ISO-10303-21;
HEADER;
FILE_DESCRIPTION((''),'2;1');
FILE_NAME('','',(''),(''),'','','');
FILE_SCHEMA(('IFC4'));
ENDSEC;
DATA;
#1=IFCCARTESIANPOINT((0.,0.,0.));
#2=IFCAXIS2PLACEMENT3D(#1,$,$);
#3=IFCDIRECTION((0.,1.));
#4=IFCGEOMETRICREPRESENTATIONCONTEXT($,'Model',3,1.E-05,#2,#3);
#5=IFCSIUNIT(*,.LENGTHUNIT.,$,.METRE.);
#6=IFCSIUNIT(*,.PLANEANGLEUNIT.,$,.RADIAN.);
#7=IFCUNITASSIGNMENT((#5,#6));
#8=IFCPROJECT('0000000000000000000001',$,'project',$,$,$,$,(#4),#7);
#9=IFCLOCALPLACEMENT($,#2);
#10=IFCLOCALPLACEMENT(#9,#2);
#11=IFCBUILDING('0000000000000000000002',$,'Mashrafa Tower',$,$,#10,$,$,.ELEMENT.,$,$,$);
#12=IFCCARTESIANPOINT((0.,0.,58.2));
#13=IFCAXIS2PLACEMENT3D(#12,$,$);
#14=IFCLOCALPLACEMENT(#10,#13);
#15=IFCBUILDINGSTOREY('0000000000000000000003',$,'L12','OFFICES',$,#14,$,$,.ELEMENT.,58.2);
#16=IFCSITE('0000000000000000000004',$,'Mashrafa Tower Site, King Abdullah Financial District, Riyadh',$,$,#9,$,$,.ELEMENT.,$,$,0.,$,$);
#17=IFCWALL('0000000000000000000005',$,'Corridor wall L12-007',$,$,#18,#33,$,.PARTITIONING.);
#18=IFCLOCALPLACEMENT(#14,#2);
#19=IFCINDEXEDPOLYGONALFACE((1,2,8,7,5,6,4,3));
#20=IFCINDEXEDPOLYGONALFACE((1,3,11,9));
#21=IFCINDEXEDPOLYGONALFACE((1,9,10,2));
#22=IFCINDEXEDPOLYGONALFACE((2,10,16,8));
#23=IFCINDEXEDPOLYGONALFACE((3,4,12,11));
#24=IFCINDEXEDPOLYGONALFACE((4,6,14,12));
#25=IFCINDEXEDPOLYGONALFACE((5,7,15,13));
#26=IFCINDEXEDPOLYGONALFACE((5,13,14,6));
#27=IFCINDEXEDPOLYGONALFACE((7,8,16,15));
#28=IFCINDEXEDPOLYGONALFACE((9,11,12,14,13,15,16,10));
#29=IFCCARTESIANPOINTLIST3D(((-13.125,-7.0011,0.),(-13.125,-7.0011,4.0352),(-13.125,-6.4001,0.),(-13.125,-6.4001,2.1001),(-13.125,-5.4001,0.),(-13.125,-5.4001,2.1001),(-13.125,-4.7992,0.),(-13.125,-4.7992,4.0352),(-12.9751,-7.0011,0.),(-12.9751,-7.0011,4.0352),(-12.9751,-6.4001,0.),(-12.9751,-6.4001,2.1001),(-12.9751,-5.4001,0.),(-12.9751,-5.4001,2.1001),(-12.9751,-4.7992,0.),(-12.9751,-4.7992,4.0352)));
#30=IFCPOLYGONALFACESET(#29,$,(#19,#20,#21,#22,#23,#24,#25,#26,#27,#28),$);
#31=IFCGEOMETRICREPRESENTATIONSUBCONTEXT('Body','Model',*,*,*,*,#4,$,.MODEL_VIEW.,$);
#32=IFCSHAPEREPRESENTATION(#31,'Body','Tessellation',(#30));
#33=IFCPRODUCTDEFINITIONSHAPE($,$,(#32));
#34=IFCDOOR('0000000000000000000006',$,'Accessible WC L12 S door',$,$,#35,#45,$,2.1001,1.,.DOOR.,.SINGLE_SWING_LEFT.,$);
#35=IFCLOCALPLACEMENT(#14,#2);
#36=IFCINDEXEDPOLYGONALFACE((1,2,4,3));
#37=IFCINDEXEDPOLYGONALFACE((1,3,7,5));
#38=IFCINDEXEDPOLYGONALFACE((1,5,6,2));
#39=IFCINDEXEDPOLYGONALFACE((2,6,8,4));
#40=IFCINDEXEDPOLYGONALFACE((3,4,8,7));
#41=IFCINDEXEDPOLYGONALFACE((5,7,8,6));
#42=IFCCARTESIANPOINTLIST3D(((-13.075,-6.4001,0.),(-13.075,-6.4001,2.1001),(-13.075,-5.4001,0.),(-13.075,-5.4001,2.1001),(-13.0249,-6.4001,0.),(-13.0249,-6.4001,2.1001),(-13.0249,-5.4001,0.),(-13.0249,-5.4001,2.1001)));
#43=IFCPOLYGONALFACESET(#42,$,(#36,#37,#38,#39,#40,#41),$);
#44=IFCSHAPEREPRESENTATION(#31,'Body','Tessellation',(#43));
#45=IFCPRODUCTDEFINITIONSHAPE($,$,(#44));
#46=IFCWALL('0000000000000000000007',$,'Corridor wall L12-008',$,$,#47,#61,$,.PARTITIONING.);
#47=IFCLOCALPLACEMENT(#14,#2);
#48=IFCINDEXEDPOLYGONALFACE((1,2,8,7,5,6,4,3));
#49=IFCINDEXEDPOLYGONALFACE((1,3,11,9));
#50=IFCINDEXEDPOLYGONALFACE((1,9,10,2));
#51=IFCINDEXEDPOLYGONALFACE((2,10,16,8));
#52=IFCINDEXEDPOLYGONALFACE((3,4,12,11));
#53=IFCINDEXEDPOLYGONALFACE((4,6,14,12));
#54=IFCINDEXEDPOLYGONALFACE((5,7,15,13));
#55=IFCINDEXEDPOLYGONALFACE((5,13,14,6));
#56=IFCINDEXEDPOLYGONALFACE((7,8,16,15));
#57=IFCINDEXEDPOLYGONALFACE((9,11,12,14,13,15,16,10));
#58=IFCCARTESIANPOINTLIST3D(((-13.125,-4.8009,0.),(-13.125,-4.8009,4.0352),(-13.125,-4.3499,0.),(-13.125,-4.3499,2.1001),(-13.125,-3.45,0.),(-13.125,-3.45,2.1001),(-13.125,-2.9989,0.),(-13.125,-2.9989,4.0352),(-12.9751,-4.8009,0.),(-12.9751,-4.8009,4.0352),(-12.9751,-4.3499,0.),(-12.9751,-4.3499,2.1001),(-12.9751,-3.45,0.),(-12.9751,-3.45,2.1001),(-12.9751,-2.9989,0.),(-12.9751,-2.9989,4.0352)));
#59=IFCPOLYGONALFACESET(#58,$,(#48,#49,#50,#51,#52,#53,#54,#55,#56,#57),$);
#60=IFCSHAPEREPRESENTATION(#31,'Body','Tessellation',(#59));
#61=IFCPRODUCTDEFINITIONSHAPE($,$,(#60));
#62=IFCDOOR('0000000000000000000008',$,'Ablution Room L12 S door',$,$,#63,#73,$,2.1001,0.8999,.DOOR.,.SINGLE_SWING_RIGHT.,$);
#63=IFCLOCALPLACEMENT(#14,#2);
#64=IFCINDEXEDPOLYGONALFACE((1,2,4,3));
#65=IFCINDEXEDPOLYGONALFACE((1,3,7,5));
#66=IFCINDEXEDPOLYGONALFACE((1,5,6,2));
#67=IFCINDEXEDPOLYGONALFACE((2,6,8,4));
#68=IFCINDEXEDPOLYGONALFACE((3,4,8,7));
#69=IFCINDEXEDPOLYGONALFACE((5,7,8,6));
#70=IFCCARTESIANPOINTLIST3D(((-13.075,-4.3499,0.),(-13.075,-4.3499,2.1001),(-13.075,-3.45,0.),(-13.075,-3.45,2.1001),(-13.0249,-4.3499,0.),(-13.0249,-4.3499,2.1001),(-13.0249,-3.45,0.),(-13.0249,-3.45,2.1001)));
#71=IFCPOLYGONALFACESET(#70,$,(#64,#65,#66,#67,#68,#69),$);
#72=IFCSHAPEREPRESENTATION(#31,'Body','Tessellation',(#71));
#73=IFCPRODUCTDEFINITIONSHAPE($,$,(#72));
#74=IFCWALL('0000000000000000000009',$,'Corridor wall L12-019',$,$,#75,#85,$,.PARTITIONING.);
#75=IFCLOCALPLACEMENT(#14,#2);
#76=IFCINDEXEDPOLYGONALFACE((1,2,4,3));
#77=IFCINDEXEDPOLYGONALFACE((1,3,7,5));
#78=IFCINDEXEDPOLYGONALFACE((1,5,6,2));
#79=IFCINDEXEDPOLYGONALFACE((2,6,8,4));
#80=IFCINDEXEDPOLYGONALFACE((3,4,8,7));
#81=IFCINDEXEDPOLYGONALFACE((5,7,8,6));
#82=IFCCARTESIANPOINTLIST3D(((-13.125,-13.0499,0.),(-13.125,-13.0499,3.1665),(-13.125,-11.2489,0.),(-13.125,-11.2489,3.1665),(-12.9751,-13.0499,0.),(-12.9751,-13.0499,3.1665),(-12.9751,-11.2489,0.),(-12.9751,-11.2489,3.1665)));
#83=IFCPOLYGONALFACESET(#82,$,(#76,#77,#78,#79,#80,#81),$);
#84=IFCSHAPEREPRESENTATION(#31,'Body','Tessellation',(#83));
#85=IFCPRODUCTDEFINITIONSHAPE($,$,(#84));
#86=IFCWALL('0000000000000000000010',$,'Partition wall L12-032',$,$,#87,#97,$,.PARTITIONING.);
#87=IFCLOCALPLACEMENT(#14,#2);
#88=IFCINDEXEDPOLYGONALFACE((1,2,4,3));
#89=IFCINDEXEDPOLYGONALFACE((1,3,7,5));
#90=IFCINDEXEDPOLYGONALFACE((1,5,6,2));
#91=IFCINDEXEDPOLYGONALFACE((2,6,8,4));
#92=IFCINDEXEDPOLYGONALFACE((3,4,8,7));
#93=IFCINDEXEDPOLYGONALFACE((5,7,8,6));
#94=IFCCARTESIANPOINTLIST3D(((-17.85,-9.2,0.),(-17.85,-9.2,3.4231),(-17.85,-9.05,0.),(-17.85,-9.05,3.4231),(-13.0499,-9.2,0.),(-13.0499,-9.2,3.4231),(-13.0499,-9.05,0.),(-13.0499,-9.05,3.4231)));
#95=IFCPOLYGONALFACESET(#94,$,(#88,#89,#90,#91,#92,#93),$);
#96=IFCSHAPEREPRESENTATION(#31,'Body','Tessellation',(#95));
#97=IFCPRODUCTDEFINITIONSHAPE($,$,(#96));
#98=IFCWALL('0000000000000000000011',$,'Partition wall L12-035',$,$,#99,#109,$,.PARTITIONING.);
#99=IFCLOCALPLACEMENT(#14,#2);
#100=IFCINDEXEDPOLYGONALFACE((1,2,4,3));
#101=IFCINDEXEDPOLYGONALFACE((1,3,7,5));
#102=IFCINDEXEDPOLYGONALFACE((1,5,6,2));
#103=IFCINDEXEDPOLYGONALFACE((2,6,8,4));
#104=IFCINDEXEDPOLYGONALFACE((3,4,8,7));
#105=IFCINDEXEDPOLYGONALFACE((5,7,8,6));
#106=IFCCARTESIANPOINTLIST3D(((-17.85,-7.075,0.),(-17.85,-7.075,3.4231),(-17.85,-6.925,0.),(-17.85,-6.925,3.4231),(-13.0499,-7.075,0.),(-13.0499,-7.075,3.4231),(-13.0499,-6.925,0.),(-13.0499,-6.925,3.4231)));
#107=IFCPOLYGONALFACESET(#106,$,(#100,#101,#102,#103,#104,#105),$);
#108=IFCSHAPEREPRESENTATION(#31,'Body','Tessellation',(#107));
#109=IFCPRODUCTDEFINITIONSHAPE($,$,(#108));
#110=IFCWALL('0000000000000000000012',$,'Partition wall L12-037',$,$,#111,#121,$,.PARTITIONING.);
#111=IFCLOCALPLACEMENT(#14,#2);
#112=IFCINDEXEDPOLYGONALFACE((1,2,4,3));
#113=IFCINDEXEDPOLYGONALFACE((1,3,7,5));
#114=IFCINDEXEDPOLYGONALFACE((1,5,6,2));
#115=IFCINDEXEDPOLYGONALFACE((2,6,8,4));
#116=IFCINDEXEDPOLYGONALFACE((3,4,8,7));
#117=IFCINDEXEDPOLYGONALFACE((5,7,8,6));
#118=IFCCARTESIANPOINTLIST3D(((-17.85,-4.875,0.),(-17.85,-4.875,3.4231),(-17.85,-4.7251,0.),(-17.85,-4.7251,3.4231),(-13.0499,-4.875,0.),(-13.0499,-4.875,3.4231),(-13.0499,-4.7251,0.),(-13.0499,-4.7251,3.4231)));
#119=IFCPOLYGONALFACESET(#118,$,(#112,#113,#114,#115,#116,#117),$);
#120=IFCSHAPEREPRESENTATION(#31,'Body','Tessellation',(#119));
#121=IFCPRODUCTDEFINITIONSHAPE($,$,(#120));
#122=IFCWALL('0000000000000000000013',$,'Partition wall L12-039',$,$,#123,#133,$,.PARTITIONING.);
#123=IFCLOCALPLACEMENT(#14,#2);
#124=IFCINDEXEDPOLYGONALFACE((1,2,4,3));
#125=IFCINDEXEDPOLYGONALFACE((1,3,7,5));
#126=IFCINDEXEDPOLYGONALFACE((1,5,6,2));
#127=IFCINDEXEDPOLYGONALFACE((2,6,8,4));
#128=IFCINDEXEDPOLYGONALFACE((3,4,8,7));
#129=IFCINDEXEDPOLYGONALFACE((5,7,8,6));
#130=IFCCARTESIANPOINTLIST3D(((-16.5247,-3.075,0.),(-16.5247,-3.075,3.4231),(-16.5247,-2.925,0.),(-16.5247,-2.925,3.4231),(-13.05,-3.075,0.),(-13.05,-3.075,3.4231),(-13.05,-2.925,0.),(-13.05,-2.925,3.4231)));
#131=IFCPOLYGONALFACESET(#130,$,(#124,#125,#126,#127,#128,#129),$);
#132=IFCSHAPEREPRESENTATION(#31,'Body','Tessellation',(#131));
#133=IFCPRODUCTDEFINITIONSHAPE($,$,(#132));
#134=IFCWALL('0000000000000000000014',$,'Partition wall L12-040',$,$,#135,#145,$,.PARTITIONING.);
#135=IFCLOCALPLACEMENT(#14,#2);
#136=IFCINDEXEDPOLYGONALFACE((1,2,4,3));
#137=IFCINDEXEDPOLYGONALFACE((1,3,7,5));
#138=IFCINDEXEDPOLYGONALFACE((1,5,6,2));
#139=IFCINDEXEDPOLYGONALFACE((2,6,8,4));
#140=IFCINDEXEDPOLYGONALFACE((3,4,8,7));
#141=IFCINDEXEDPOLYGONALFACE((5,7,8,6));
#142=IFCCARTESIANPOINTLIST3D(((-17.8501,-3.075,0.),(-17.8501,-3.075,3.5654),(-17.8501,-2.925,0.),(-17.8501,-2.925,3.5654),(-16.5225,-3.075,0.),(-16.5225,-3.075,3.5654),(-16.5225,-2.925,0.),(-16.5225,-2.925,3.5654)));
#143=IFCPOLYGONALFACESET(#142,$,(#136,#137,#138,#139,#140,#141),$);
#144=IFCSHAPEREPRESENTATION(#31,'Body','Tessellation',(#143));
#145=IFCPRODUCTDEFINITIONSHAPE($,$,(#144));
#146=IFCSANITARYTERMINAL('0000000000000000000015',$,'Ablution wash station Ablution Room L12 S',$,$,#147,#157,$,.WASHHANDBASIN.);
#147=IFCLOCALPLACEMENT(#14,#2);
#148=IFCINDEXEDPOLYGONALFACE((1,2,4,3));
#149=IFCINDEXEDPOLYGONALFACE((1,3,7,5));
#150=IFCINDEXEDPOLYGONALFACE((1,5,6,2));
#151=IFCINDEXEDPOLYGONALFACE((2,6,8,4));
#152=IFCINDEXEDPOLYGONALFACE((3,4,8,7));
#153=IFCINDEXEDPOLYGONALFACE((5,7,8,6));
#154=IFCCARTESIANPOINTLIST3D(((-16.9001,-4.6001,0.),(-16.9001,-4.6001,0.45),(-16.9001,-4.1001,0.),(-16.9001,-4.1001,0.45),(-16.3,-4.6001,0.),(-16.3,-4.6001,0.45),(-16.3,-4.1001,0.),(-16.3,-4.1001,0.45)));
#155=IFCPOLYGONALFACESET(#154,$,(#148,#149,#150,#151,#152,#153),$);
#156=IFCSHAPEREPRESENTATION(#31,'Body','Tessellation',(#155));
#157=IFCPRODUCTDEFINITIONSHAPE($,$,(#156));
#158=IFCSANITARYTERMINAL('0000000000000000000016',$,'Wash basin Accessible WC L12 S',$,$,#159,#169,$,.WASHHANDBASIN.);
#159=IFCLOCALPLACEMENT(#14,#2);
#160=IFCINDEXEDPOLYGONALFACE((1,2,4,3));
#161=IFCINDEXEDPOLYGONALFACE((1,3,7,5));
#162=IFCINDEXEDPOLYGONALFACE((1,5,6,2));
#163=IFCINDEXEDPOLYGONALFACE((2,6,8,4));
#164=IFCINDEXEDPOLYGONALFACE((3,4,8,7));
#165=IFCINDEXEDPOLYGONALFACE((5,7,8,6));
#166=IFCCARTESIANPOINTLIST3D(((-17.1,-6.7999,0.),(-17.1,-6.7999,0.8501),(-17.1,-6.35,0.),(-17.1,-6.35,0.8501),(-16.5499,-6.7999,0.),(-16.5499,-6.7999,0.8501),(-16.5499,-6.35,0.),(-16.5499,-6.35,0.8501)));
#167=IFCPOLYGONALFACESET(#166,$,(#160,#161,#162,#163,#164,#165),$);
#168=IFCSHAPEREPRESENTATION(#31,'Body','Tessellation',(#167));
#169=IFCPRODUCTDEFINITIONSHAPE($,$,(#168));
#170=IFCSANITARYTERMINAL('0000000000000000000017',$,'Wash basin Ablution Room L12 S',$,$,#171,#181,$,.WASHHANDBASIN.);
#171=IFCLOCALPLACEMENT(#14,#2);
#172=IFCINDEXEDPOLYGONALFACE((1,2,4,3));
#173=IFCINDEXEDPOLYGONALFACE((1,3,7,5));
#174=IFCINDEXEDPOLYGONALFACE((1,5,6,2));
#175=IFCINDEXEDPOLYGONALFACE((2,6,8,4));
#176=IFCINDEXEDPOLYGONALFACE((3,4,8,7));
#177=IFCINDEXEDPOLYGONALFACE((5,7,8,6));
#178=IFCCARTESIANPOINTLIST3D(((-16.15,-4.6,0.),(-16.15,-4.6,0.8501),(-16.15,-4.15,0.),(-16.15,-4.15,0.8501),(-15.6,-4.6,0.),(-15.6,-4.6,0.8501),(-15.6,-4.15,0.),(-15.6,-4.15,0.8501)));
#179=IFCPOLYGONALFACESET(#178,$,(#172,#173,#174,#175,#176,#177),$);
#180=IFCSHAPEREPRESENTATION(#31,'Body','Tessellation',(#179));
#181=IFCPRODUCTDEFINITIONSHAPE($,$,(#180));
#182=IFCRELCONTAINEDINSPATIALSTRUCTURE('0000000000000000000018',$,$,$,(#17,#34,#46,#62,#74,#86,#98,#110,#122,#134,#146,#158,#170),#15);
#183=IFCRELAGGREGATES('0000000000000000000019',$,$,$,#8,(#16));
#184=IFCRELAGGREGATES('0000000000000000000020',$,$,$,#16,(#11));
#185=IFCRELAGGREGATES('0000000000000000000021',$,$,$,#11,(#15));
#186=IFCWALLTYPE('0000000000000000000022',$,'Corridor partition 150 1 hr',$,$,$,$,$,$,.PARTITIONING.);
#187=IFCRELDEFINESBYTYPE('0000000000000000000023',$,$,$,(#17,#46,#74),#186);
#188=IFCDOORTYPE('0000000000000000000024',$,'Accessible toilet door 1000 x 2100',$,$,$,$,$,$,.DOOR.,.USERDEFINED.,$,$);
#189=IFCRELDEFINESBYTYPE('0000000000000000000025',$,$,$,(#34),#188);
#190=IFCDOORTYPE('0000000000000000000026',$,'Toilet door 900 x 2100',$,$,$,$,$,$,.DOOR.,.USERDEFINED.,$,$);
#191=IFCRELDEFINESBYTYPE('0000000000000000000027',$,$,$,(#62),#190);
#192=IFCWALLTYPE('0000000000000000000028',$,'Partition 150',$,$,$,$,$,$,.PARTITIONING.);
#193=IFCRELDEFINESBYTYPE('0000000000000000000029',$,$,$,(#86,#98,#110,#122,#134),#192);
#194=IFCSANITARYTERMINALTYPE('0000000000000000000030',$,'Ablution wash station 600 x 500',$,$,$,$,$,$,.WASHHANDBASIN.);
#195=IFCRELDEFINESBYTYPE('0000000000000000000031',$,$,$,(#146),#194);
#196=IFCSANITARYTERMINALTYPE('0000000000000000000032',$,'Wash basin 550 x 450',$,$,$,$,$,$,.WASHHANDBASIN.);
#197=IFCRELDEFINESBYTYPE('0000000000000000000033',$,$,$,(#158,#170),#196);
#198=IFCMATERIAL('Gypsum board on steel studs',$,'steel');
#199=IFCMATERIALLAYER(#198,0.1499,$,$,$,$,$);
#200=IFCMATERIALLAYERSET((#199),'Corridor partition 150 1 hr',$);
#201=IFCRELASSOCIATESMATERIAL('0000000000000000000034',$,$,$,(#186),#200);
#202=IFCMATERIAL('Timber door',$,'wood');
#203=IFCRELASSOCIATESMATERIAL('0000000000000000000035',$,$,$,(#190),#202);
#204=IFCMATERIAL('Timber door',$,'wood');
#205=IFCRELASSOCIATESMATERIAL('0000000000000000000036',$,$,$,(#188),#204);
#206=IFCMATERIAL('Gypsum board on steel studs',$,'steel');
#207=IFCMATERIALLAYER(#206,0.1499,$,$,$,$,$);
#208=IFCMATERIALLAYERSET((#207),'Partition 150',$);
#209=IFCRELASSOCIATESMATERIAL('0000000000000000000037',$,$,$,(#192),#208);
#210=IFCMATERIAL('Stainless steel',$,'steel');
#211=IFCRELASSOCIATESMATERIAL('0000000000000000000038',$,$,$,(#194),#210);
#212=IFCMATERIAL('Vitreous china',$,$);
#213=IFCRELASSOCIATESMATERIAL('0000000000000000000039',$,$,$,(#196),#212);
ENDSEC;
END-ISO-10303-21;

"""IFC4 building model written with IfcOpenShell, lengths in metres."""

from ifc_helpers import new_model, si_unit, direction, frame, frame_2d, origin, origin_2d, place, context, subcontext, project, spatial, rectangle, extrude, material, layer, layer_set, type_object, element, fill, save


model = new_model("IFC4")

# Units and contexts
model_context = context("Model", 3, precision=1e-05, world=origin(), true_north=direction((0.0, 1.0)))
body_context = subcontext(model_context, "Body", "Model", "MODEL_VIEW")
ifc_project = project(units=[si_unit("LENGTHUNIT", "METRE"), si_unit("PLANEANGLEUNIT", "RADIAN")], contexts=[model_context])

# Site, building, storey
site_placement = place(None, origin())
site = spatial("IfcSite", under=ifc_project, at=site_placement, Name="Mashrafa Tower Site, King Abdullah Financial District, Riyadh", CompositionType="ELEMENT", RefElevation=0.0)
building_placement = place(site_placement, origin())
building = spatial("IfcBuilding", under=site, at=building_placement, Name="Mashrafa Tower", CompositionType="ELEMENT")
storey_placement = place(building_placement, frame((0.0, 0.0, 58.2)))
storey = spatial("IfcBuildingStorey", under=building, at=storey_placement, Name="L12", Description="OFFICES", CompositionType="ELEMENT", Elevation=58.2)

# Walls, openings, doors
ifc_material_1 = material(Name="Gypsum board on steel studs", Category="steel")
ifc_layer_1 = layer(ifc_material_1, 0.1499)
ifc_layer_set_1 = layer_set([ifc_layer_1], Name="Corridor partition 150 1 hr")
wall_type_1 = type_object("IfcWallType", Name="Corridor partition 150 1 hr", PredefinedType="PARTITIONING", material=ifc_layer_set_1)
ifc_material_2 = material(Name="Timber door", Category="wood")
door_type_1 = type_object("IfcDoorType", Name="Toilet door 900 x 2100", OperationType="USERDEFINED", PredefinedType="DOOR", material=ifc_material_2)
wall_1_placement = place(storey_placement, frame((-13.05, -4.7991, 0.0), z_axis=(0.0, 0.0, 1.0), x_axis=(0.0, -1.0, 0.0)))
wall_1 = element("IfcWall", 1, at=wall_1_placement, inside=storey, type_object=wall_type_1, Name="Corridor wall L12-007", PredefinedType="PARTITIONING", context=body_context, shape_type="SweptSolid", body=[
    extrude(rectangle(XDim=2.2019, YDim=0.1499, at=frame_2d((1.1011, 0.0))), origin(), (0.0, 0.0, 1.0), 4.0352),
])
opening_1_placement = place(wall_1_placement, frame((0.6011, 0.0, 0.0)))
opening_1 = element("IfcOpeningElement", 2, at=opening_1_placement, cuts=wall_1, PredefinedType="OPENING", context=body_context, shape_type="SweptSolid", body=[
    extrude(rectangle(XDim=1.0, YDim=2.1001, at=frame_2d((0.5, 1.05))), frame((0.0, 0.085, 0.0), z_axis=(0.0, -1.0, 0.0), x_axis=(1.0, 0.0, 0.0)), (0.0, 0.0, 1.0), 0.1699),
])
ifc_material_3 = material(Name="Timber door", Category="wood")
door_type_2 = type_object("IfcDoorType", Name="Accessible toilet door 1000 x 2100", OperationType="USERDEFINED", PredefinedType="DOOR", material=ifc_material_3)
door_1_placement = place(opening_1_placement, frame((1.0, 0.0, 0.0), z_axis=(0.0, 0.0, 1.0), x_axis=(-1.0, 0.0, 0.0)))
door_1 = element("IfcDoor", 3, at=door_1_placement, inside=storey, type_object=door_type_2, Name="Accessible WC L12 S door", OperationType="SINGLE_SWING_LEFT", OverallHeight=2.1001, OverallWidth=1.0, PredefinedType="DOOR", context=body_context, shape_type="SweptSolid", body=[
    extrude(rectangle(XDim=1.0, YDim=2.1001, at=frame_2d((0.5, 1.05))), frame((0.0, 0.0249, 0.0), z_axis=(0.0, -1.0, 0.0), x_axis=(1.0, 0.0, 0.0)), (0.0, 0.0, 1.0), 0.05),
])
fill(opening_1, door_1)
wall_2_placement = place(storey_placement, frame((-13.05, -2.999, 0.0), z_axis=(0.0, 0.0, 1.0), x_axis=(0.0, -1.0, 0.0)))
wall_2 = element("IfcWall", 4, at=wall_2_placement, inside=storey, type_object=wall_type_1, Name="Corridor wall L12-008", PredefinedType="PARTITIONING", context=body_context, shape_type="SweptSolid", body=[
    extrude(rectangle(XDim=1.802, YDim=0.1499, at=frame_2d((0.9009, 0.0))), origin(), (0.0, 0.0, 1.0), 4.0352),
])
opening_2_placement = place(wall_2_placement, frame((0.4509, 0.0, 0.0)))
opening_2 = element("IfcOpeningElement", 5, at=opening_2_placement, cuts=wall_2, PredefinedType="OPENING", context=body_context, shape_type="SweptSolid", body=[
    extrude(rectangle(XDim=0.8999, YDim=2.1001, at=frame_2d((0.45, 1.05))), frame((0.0, 0.085, 0.0), z_axis=(0.0, -1.0, 0.0), x_axis=(1.0, 0.0, 0.0)), (0.0, 0.0, 1.0), 0.1699),
])
door_2_placement = place(opening_2_placement, frame((0.8999, 0.0, 0.0), z_axis=(0.0, 0.0, 1.0), x_axis=(-1.0, 0.0, 0.0)))
door_2 = element("IfcDoor", 6, at=door_2_placement, inside=storey, type_object=door_type_1, Name="Ablution Room L12 S door", OperationType="SINGLE_SWING_RIGHT", OverallHeight=2.1001, OverallWidth=0.8999, PredefinedType="DOOR", context=body_context, shape_type="SweptSolid", body=[
    extrude(rectangle(XDim=0.8999, YDim=2.1001, at=frame_2d((0.45, 1.05))), frame((0.0, 0.0249, 0.0), z_axis=(0.0, -1.0, 0.0), x_axis=(1.0, 0.0, 0.0)), (0.0, 0.0, 1.0), 0.05),
])
fill(opening_2, door_2)

# Walls
wall_3_placement = place(storey_placement, frame((-13.05, -11.249, 0.0), z_axis=(0.0, 0.0, 1.0), x_axis=(0.0, -1.0, 0.0)))
element("IfcWall", 7, at=wall_3_placement, inside=storey, type_object=wall_type_1, Name="Corridor wall L12-019", PredefinedType="PARTITIONING", context=body_context, shape_type="SweptSolid", body=[
    extrude(rectangle(XDim=1.801, YDim=0.1499, at=frame_2d((0.9004, 0.0))), origin(), (0.0, 0.0, 1.0), 3.1665),
])
ifc_material_4 = material(Name="Gypsum board on steel studs", Category="steel")
ifc_layer_2 = layer(ifc_material_4, 0.1499)
ifc_layer_set_2 = layer_set([ifc_layer_2], Name="Partition 150")
wall_type_2 = type_object("IfcWallType", Name="Partition 150", PredefinedType="PARTITIONING", material=ifc_layer_set_2)
for number, where, z_axis, x_axis, name in (
    (8, (-13.05, -9.125, 0.0), (0.0, 0.0, 1.0), (-1.0, 0.0, 0.0), "Partition wall L12-032"),
    (9, (-13.05, -7.0, 0.0), (0.0, 0.0, 1.0), (-1.0, 0.0, 0.0), "Partition wall L12-035"),
    (10, (-13.05, -4.8, 0.0), (0.0, 0.0, 1.0), (-1.0, 0.0, 0.0), "Partition wall L12-037"),
):
    element("IfcWall", number, at=place(storey_placement, frame(where, z_axis=z_axis, x_axis=x_axis)), inside=storey, type_object=wall_type_2, Name=name, PredefinedType="PARTITIONING", context=body_context, shape_type="SweptSolid", body=[
        extrude(rectangle(XDim=4.8, YDim=0.1499, at=frame_2d((2.3999, 0.0))), origin(), (0.0, 0.0, 1.0), 3.4231),
    ])
wall_4_placement = place(storey_placement, frame((-13.05, -3.0, 0.0), z_axis=(0.0, 0.0, 1.0), x_axis=(-1.0, 0.0, 0.0)))
element("IfcWall", 11, at=wall_4_placement, inside=storey, type_object=wall_type_2, Name="Partition wall L12-039", PredefinedType="PARTITIONING", context=body_context, shape_type="SweptSolid", body=[
    extrude(rectangle(XDim=3.4746, YDim=0.1499, at=frame_2d((1.7373, 0.0))), origin(), (0.0, 0.0, 1.0), 3.4231),
])
wall_5_placement = place(storey_placement, frame((-16.5225, -3.0, 0.0), z_axis=(0.0, 0.0, 1.0), x_axis=(-1.0, 0.0, 0.0)))
element("IfcWall", 12, at=wall_5_placement, inside=storey, type_object=wall_type_2, Name="Partition wall L12-040", PredefinedType="PARTITIONING", context=body_context, shape_type="SweptSolid", body=[
    extrude(rectangle(XDim=1.3276, YDim=0.1499, at=frame_2d((0.6638, 0.0))), origin(), (0.0, 0.0, 1.0), 3.5654),
])

# Sanitary terminals
ifc_material_5 = material(Name="Stainless steel", Category="steel")
sanitary_terminal_type_1 = type_object("IfcSanitaryTerminalType", Name="Ablution wash station 600 x 500", PredefinedType="WASHHANDBASIN", material=ifc_material_5)
sanitary_terminal_placement = place(storey_placement, frame((-16.6001, -4.3501, 0.0), z_axis=(0.0, 0.0, 1.0), x_axis=(1.0, 0.0, 0.0)))
element("IfcSanitaryTerminal", 13, at=sanitary_terminal_placement, inside=storey, type_object=sanitary_terminal_type_1, Name="Ablution wash station Ablution Room L12 S", PredefinedType="WASHHANDBASIN", context=body_context, shape_type="SweptSolid", body=[
    extrude(rectangle(XDim=0.6001, YDim=0.5, at=origin_2d()), origin(), (0.0, 0.0, 1.0), 0.45),
])
ifc_material_6 = material(Name="Vitreous china")
sanitary_terminal_type_2 = type_object("IfcSanitaryTerminalType", Name="Wash basin 550 x 450", PredefinedType="WASHHANDBASIN", material=ifc_material_6)
for number, where, z_axis, x_axis, name in (
    (14, (-16.825, -6.575, 0.0), (0.0, 0.0, 1.0), (1.0, 0.0, 0.0), "Wash basin Accessible WC L12 S"),
    (15, (-15.875, -4.375, 0.0), (0.0, 0.0, 1.0), (1.0, 0.0, 0.0), "Wash basin Ablution Room L12 S"),
):
    element("IfcSanitaryTerminal", number, at=place(storey_placement, frame(where, z_axis=z_axis, x_axis=x_axis)), inside=storey, type_object=sanitary_terminal_type_2, Name=name, PredefinedType="WASHHANDBASIN", context=body_context, shape_type="SweptSolid", body=[
        extrude(rectangle(XDim=0.55, YDim=0.45, at=origin_2d()), origin(), (0.0, 0.0, 1.0), 0.8501),
    ])

save(model, "model.ifc")
